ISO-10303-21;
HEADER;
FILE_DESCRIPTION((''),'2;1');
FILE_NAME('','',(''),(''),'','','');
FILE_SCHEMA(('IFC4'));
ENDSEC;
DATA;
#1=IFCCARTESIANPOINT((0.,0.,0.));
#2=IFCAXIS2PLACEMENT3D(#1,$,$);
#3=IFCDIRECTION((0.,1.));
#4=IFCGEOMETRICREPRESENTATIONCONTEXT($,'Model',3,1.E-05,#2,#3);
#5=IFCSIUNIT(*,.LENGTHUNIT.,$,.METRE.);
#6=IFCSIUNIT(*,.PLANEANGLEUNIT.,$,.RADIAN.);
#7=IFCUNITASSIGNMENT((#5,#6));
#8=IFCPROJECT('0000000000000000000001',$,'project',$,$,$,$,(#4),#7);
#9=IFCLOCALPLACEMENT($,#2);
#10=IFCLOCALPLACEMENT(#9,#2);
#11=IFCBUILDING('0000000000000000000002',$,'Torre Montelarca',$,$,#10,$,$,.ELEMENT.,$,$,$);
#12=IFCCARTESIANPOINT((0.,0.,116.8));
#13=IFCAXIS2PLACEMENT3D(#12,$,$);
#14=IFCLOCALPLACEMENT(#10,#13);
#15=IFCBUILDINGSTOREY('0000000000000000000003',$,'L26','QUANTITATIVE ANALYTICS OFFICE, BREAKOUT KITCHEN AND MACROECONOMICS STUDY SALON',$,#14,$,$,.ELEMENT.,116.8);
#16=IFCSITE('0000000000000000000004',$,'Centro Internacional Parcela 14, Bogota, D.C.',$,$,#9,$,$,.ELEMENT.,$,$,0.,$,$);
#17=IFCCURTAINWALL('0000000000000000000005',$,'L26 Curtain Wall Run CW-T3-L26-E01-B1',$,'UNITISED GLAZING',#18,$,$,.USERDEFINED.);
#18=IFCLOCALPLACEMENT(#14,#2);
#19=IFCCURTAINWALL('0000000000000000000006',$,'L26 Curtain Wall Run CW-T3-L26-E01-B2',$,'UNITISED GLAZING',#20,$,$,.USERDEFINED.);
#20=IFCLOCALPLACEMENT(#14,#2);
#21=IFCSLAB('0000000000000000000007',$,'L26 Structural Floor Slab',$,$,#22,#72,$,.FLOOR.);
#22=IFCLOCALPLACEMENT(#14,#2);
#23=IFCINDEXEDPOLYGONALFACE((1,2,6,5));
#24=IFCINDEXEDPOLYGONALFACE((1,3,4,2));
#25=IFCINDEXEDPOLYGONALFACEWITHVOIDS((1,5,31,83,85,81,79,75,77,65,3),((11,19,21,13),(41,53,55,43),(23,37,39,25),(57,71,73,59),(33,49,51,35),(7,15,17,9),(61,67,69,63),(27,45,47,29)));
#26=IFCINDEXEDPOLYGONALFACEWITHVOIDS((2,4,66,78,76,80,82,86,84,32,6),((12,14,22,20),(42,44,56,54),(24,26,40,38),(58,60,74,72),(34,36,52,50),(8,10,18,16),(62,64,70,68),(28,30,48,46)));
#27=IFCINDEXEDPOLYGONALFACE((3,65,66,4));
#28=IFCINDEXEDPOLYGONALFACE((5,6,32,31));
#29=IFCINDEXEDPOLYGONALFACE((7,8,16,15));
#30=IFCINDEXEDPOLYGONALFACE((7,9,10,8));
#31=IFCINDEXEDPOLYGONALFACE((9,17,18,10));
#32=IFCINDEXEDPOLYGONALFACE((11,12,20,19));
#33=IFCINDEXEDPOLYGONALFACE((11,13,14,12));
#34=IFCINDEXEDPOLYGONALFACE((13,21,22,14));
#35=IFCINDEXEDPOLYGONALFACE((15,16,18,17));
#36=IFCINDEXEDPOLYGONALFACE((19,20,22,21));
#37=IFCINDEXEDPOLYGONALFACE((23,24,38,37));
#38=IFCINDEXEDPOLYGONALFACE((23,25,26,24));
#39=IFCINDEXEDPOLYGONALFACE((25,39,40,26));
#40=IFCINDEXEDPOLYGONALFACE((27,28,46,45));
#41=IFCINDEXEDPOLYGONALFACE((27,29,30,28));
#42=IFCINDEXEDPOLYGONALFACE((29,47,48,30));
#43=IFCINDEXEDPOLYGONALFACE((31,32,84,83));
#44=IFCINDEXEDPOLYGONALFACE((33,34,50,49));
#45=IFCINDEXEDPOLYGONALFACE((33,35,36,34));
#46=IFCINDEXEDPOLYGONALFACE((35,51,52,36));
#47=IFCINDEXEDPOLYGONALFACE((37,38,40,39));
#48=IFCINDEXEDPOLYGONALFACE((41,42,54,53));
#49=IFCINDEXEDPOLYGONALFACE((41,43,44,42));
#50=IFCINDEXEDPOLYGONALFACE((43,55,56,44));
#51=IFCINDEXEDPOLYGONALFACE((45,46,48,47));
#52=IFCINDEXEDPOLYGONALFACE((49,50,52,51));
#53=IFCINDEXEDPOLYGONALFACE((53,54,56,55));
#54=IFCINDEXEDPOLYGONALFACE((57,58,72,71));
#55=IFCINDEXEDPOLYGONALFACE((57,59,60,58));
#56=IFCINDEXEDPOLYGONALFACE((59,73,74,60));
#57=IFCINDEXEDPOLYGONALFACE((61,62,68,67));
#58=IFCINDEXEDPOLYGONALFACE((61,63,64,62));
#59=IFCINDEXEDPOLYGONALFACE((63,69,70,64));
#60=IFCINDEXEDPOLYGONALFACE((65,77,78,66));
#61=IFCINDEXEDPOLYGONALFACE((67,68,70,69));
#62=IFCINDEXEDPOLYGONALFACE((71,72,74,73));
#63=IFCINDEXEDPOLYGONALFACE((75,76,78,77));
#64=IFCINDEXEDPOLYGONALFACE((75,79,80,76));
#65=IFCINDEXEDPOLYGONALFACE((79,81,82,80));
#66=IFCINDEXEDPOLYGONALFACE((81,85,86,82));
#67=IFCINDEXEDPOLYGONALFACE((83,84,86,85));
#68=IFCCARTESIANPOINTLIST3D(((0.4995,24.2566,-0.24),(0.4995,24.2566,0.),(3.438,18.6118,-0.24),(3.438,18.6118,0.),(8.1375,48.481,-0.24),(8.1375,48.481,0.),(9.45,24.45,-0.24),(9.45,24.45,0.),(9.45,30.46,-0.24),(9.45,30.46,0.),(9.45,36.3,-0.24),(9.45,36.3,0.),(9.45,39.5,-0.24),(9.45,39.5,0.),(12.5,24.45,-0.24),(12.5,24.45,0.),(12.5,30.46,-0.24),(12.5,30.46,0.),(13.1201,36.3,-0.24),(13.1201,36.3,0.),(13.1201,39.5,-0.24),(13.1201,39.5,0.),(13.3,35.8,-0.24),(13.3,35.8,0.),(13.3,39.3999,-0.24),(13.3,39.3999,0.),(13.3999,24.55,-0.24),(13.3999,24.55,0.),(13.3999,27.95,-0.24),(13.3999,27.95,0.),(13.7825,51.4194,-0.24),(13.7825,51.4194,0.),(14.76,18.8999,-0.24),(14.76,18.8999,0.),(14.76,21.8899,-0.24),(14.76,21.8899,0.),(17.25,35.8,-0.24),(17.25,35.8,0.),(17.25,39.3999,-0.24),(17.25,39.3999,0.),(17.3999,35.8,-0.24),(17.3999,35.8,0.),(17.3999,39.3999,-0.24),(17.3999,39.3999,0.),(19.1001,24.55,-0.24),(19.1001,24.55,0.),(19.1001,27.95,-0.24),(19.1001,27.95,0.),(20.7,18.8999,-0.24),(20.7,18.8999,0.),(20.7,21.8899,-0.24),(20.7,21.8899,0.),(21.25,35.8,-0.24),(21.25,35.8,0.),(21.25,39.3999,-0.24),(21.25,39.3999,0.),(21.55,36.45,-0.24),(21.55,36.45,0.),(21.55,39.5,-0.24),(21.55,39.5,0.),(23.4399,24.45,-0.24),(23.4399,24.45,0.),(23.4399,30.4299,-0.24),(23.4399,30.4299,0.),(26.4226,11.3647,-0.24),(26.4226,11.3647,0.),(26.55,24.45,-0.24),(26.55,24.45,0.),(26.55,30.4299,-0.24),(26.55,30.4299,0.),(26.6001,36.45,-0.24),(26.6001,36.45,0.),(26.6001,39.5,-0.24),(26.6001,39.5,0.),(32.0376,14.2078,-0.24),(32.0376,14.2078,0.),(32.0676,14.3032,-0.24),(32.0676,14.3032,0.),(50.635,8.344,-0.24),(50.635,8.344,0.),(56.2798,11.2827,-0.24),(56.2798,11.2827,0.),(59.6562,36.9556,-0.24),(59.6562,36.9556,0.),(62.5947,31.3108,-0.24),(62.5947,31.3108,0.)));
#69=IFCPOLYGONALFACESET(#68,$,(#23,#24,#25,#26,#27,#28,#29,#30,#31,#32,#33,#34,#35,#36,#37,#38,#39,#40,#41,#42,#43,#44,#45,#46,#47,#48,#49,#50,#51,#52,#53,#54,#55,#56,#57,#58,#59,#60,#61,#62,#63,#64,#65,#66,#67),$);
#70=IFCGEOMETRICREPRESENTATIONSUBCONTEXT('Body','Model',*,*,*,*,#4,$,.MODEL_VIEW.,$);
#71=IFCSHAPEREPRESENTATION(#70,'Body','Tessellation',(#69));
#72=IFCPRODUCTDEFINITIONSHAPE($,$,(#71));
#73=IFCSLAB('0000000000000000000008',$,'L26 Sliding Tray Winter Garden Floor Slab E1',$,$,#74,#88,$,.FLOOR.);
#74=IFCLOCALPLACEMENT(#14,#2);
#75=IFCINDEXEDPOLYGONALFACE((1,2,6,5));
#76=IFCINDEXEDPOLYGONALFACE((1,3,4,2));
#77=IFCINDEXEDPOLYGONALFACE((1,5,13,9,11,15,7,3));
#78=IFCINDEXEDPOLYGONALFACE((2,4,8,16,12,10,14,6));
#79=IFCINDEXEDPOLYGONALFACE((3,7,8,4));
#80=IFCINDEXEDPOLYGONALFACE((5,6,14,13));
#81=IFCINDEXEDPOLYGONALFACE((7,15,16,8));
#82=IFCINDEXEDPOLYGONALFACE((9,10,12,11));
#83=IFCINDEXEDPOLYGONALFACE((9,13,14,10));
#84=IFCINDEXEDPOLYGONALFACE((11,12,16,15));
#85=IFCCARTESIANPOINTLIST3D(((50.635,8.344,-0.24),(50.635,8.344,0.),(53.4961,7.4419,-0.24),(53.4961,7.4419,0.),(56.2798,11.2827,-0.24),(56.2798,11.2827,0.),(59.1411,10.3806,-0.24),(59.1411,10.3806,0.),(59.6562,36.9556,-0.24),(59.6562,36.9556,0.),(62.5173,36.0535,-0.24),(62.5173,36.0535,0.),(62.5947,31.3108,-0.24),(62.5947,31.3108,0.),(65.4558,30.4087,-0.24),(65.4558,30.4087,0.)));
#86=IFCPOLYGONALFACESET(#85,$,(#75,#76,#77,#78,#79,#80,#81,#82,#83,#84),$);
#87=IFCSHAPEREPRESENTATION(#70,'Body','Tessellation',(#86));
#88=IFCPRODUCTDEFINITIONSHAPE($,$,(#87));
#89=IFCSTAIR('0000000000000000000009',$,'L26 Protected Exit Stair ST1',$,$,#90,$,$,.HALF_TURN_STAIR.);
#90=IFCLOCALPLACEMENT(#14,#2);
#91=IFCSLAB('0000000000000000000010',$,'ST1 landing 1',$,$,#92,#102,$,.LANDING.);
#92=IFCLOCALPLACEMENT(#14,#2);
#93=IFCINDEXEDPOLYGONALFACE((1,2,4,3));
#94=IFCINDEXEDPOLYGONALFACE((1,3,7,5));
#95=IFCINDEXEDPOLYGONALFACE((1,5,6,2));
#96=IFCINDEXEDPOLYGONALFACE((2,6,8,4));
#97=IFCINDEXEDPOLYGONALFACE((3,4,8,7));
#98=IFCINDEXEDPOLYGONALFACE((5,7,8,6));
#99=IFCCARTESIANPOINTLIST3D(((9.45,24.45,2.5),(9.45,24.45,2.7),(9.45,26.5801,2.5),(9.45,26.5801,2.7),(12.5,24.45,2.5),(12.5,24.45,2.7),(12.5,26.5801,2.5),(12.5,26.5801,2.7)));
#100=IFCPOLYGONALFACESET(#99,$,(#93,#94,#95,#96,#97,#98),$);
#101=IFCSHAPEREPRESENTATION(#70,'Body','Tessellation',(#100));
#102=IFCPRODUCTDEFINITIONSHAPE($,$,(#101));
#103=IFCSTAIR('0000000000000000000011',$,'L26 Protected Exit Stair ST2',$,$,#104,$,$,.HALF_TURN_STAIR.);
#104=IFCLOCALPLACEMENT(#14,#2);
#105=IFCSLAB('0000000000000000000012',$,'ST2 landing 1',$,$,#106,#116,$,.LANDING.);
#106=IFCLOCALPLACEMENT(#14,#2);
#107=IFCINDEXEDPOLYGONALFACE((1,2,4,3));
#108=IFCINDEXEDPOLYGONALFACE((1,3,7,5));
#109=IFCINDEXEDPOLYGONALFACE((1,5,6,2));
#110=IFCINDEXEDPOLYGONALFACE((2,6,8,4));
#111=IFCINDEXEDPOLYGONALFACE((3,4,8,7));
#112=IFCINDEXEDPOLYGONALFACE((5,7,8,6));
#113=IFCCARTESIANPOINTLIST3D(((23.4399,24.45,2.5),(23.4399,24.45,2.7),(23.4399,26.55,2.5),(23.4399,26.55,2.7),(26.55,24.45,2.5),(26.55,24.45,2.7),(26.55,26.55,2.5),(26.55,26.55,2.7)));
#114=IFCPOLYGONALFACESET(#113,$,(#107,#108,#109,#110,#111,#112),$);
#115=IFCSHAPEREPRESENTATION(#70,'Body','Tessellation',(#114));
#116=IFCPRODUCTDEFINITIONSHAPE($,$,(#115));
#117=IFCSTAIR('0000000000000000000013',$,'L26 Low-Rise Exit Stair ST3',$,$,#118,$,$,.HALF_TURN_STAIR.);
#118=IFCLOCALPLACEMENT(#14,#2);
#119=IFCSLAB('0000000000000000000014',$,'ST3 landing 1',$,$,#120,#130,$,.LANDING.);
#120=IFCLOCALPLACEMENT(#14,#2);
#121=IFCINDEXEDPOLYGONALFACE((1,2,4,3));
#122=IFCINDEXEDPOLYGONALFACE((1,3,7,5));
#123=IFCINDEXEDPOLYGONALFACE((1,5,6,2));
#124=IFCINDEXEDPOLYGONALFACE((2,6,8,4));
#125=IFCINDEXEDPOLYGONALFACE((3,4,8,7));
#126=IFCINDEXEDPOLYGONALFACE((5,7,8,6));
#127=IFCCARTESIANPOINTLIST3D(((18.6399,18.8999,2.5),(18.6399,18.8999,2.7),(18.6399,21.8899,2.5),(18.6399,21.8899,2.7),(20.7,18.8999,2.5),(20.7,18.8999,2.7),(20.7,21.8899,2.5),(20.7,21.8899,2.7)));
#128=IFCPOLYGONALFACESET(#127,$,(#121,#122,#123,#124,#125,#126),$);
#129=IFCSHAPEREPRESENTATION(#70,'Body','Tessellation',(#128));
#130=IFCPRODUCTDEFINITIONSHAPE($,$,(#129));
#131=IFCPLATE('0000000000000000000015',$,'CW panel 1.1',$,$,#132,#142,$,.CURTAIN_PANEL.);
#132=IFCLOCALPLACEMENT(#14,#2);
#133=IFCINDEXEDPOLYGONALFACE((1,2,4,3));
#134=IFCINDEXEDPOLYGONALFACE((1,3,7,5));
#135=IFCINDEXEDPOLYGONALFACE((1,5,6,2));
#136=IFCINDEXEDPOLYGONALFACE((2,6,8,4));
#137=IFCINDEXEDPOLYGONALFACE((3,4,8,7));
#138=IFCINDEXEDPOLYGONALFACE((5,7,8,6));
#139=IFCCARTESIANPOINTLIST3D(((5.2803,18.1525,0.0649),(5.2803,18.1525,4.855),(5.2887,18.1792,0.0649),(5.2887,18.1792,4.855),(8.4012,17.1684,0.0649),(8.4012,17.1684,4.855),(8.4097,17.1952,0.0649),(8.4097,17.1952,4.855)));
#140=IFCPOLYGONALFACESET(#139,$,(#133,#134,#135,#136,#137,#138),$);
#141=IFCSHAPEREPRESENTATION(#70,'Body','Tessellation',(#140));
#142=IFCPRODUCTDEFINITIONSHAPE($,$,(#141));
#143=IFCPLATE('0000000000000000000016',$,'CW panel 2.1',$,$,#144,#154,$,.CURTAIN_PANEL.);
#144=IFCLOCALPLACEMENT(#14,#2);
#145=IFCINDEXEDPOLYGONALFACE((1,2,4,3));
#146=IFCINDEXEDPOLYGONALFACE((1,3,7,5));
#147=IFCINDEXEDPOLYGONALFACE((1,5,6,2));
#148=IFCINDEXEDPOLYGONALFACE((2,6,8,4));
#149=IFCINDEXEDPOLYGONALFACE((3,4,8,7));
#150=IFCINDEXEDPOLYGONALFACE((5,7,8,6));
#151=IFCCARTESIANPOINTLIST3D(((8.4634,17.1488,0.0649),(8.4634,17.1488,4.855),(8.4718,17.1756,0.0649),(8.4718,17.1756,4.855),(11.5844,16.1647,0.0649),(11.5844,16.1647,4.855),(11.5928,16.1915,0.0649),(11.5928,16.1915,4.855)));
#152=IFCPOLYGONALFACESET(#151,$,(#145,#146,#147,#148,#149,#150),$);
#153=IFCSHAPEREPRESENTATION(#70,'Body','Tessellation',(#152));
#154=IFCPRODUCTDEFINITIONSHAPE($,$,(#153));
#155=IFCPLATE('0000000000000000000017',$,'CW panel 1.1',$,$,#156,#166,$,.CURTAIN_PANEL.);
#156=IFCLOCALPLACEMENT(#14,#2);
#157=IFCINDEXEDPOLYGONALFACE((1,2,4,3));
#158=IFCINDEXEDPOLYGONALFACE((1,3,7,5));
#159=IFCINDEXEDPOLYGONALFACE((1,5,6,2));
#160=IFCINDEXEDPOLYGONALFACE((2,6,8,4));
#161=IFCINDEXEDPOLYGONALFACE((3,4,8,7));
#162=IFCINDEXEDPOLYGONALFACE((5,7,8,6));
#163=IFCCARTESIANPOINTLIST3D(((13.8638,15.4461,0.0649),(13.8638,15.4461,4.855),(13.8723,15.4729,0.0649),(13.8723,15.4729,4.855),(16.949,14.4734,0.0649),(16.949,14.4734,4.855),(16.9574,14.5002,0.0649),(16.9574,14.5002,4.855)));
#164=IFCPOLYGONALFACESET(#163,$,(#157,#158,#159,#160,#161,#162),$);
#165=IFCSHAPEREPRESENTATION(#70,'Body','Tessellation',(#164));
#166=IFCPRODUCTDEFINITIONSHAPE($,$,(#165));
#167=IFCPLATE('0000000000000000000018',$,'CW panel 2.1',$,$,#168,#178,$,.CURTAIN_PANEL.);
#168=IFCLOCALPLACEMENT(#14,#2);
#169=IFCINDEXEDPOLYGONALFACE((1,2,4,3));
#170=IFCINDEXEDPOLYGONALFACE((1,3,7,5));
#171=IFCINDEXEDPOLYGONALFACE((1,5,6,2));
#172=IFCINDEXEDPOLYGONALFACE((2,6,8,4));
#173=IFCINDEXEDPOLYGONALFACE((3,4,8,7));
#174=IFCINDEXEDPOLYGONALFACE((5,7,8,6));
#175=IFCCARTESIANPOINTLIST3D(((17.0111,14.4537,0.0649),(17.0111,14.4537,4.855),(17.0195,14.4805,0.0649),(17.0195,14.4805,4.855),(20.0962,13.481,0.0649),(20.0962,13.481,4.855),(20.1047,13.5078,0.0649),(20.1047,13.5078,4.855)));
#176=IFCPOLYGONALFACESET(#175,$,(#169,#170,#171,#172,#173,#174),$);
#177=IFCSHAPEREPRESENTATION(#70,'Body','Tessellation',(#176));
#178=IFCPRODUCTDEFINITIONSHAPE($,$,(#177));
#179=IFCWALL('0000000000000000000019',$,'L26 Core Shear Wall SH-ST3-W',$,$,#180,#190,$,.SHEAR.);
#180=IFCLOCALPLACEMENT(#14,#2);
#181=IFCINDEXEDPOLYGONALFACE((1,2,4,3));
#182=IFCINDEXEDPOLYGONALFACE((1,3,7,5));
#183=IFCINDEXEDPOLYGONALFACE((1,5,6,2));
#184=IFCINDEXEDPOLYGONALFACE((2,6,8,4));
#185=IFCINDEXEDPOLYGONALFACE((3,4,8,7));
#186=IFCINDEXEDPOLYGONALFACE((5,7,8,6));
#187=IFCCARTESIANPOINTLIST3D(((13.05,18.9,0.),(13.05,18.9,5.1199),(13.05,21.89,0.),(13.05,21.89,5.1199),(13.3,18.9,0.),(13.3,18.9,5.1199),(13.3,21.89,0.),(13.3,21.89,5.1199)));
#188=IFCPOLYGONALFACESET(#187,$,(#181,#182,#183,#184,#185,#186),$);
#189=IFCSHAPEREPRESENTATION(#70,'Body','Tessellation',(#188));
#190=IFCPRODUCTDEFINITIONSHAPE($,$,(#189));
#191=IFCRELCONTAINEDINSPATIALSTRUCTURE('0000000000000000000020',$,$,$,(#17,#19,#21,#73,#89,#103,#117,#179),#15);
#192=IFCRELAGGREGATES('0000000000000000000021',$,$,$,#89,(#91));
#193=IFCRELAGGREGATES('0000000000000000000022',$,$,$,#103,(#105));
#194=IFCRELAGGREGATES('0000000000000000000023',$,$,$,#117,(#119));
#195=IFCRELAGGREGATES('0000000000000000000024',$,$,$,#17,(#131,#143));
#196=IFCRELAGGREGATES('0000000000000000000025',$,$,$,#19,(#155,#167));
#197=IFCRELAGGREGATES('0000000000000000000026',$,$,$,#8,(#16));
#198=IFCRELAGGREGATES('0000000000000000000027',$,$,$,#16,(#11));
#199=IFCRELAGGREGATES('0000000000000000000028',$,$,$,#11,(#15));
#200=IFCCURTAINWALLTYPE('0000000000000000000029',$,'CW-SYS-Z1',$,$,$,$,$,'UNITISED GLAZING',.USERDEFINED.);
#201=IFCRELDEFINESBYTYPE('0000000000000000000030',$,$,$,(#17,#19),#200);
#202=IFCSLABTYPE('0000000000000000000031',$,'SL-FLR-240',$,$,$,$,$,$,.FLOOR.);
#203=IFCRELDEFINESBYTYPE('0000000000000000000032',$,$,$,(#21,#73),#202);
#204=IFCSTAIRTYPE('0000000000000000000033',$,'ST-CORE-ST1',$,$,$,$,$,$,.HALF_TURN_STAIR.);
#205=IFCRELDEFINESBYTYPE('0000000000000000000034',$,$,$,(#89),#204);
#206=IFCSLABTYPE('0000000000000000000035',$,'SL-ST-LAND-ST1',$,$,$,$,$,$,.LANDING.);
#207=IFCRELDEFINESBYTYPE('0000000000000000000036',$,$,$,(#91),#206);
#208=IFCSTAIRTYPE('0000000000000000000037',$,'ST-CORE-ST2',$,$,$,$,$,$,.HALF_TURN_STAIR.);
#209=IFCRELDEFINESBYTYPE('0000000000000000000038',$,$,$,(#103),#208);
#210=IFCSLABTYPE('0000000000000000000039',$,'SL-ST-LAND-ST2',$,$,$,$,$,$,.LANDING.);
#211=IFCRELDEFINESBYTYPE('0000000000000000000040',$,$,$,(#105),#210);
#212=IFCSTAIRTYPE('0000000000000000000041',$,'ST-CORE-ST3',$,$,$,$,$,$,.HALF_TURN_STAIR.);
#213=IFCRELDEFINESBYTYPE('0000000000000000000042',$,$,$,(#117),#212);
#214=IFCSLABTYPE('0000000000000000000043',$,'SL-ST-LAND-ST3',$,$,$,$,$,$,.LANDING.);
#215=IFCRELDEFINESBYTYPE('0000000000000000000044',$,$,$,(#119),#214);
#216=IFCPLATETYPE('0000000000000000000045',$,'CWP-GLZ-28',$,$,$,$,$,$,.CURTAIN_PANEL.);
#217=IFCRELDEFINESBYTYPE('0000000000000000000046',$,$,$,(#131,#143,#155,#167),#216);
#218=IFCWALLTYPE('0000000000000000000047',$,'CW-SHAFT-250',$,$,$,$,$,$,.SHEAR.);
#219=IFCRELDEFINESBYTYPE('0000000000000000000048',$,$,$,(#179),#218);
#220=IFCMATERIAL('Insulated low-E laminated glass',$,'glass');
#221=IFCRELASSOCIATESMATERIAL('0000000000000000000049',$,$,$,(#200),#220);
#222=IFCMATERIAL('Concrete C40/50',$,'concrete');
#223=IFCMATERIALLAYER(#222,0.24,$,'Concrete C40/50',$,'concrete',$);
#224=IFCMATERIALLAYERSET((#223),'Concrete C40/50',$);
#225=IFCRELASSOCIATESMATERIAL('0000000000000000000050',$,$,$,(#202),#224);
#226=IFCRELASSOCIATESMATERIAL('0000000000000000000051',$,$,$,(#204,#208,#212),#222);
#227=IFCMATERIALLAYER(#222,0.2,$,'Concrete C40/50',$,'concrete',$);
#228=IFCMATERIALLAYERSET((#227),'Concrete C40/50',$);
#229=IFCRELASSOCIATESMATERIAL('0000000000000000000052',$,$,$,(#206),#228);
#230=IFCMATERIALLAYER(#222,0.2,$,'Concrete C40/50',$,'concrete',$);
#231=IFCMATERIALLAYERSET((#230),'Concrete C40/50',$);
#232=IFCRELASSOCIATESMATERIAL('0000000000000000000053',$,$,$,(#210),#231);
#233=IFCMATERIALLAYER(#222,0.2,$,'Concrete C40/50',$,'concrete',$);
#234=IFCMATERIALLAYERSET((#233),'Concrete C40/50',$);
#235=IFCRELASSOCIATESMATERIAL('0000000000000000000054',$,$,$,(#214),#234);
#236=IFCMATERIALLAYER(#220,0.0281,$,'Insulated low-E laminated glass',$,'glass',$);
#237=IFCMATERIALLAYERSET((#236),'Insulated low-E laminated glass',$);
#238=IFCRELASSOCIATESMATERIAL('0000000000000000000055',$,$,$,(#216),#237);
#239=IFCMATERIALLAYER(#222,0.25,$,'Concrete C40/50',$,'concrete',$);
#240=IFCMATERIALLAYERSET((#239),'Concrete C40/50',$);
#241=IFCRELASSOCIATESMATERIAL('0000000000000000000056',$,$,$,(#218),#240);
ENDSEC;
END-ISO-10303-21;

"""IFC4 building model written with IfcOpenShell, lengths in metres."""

from ifc_helpers import new_model, si_unit, direction, frame, frame_2d, origin, origin_2d, place, context, subcontext, project, spatial, polyline, rectangle, outline, extrude, source, transform, mapped, material, layer, layer_set, type_object, element, aggregate, save


model = new_model("IFC4")

# Units and contexts
model_context = context("Model", 3, precision=1e-05, world=origin(), true_north=direction((0.0, 1.0)))
body_context = subcontext(model_context, "Body", "Model", "MODEL_VIEW")
ifc_project = project(units=[si_unit("LENGTHUNIT", "METRE"), si_unit("PLANEANGLEUNIT", "RADIAN")], contexts=[model_context])

# Site, building, storey
site_placement = place(None, origin())
site = spatial("IfcSite", under=ifc_project, at=site_placement, Name="Centro Internacional Parcela 14, Bogota, D.C.", CompositionType="ELEMENT", RefElevation=0.0)
building_placement = place(site_placement, origin())
building = spatial("IfcBuilding", under=site, at=building_placement, Name="Torre Montelarca", CompositionType="ELEMENT")
storey_placement = place(building_placement, frame((0.0, 0.0, 116.8)))
storey = spatial("IfcBuildingStorey", under=building, at=storey_placement, Name="L26", Description="QUANTITATIVE ANALYTICS OFFICE, BREAKOUT KITCHEN AND MACROECONOMICS STUDY SALON", CompositionType="ELEMENT", Elevation=116.8)

# Curtain walls
ifc_material_1 = material(Name="Insulated low-E laminated glass", Category="glass")
curtain_wall_type = type_object("IfcCurtainWallType", Name="CW-SYS-Z1", ElementType="UNITISED GLAZING", PredefinedType="USERDEFINED", material=ifc_material_1)
curtain_wall_1_placement = place(storey_placement, origin())
curtain_wall_1 = element("IfcCurtainWall", 1, at=curtain_wall_1_placement, inside=storey, type_object=curtain_wall_type, Name="L26 Curtain Wall Run CW-T3-L26-E01-B1", ObjectType="UNITISED GLAZING", PredefinedType="USERDEFINED")
curtain_wall_2_placement = place(storey_placement, origin())
curtain_wall_2 = element("IfcCurtainWall", 2, at=curtain_wall_2_placement, inside=storey, type_object=curtain_wall_type, Name="L26 Curtain Wall Run CW-T3-L26-E01-B2", ObjectType="UNITISED GLAZING", PredefinedType="USERDEFINED")

# Slabs
ifc_material_2 = material(Name="Concrete C40/50", Category="concrete")
ifc_layer_1 = layer(ifc_material_2, 0.24, Name="Concrete C40/50", Category="concrete")
ifc_layer_set_1 = layer_set([ifc_layer_1], Name="Concrete C40/50")
slab_type_1 = type_object("IfcSlabType", Name="SL-FLR-240", PredefinedType="FLOOR", material=ifc_layer_set_1)
slab_1_placement = place(storey_placement, frame((0.0, 0.0, -0.24)))
element("IfcSlab", 3, at=slab_1_placement, inside=storey, type_object=slab_type_1, Name="L26 Structural Floor Slab", PredefinedType="FLOOR", context=body_context, shape_type="SweptSolid", body=[
    extrude(outline(polyline([(26.4226, 11.3647), (32.0676, 14.3032), (32.0376, 14.2078), (50.635, 8.344), (56.2798, 11.2827), (62.5947, 31.3108), (59.6562, 36.9556), (13.7825, 51.4194), (8.1375, 48.481), (0.4995, 24.2566), (3.438, 18.6118), (26.4226, 11.3647)]), holes=[polyline([(20.7, 18.8999), (14.76, 18.8999), (14.76, 21.8899), (20.7, 21.8899), (20.7, 18.8999)]), polyline([(19.1001, 24.55), (13.3999, 24.55), (13.3999, 27.95), (19.1001, 27.95), (19.1001, 24.55)]), polyline([(23.4399, 24.45), (23.4399, 30.4299), (26.55, 30.4299), (26.55, 24.45), (23.4399, 24.45)]), polyline([(9.45, 24.45), (9.45, 30.46), (12.5, 30.46), (12.5, 24.45), (9.45, 24.45)]), polyline([(17.25, 35.8), (13.3, 35.8), (13.3, 39.3999), (17.25, 39.3999), (17.25, 35.8)]), polyline([(21.25, 35.8), (17.3999, 35.8), (17.3999, 39.3999), (21.25, 39.3999), (21.25, 35.8)]), polyline([(13.1201, 36.3), (9.45, 36.3), (9.45, 39.5), (13.1201, 39.5), (13.1201, 36.3)]), polyline([(26.6001, 36.45), (21.55, 36.45), (21.55, 39.5), (26.6001, 39.5), (26.6001, 36.45)])]), origin(), (0.0, 0.0, 1.0), 0.24),
])
slab_2_placement = place(storey_placement, frame((0.0, 0.0, -0.24)))
element("IfcSlab", 4, at=slab_2_placement, inside=storey, type_object=slab_type_1, Name="L26 Sliding Tray Winter Garden Floor Slab E1", PredefinedType="FLOOR", context=body_context, shape_type="SweptSolid", body=[
    extrude(outline(polyline([(59.6562, 36.9556), (62.5947, 31.3108), (56.2798, 11.2827), (50.635, 8.344), (53.4961, 7.4419), (59.1411, 10.3806), (65.4558, 30.4087), (62.5173, 36.0535), (59.6562, 36.9556)])), origin(), (0.0, 0.0, 1.0), 0.24),
])

# Stairs, slabs
stair_type_1 = type_object("IfcStairType", Name="ST-CORE-ST1", PredefinedType="HALF_TURN_STAIR", material=ifc_material_2)
stair_1_placement = place(storey_placement, origin())
stair_1 = element("IfcStair", 5, at=stair_1_placement, inside=storey, type_object=stair_type_1, Name="L26 Protected Exit Stair ST1", PredefinedType="HALF_TURN_STAIR")
ifc_layer_2 = layer(ifc_material_2, 0.2, Name="Concrete C40/50", Category="concrete")
ifc_layer_set_2 = layer_set([ifc_layer_2], Name="Concrete C40/50")
slab_type_2 = type_object("IfcSlabType", Name="SL-ST-LAND-ST1", PredefinedType="LANDING", material=ifc_layer_set_2)
slab_3_placement = place(storey_placement, frame((0.0, 0.0, 2.5)))
slab_3 = element("IfcSlab", 6, at=slab_3_placement, type_object=slab_type_2, Name="ST1 landing 1", PredefinedType="LANDING", context=body_context, shape_type="SweptSolid", body=[
    extrude(outline(polyline([(9.45, 26.5801), (9.45, 24.45), (12.5, 24.45), (12.5, 26.5801), (9.45, 26.5801)])), origin(), (0.0, 0.0, 1.0), 0.2),
])
aggregate(stair_1, [slab_3])
stair_type_2 = type_object("IfcStairType", Name="ST-CORE-ST2", PredefinedType="HALF_TURN_STAIR", material=ifc_material_2)
stair_2_placement = place(storey_placement, origin())
stair_2 = element("IfcStair", 7, at=stair_2_placement, inside=storey, type_object=stair_type_2, Name="L26 Protected Exit Stair ST2", PredefinedType="HALF_TURN_STAIR")
ifc_layer_3 = layer(ifc_material_2, 0.2, Name="Concrete C40/50", Category="concrete")
ifc_layer_set_3 = layer_set([ifc_layer_3], Name="Concrete C40/50")
slab_type_3 = type_object("IfcSlabType", Name="SL-ST-LAND-ST2", PredefinedType="LANDING", material=ifc_layer_set_3)
slab_4_placement = place(storey_placement, frame((0.0, 0.0, 2.5)))
slab_4 = element("IfcSlab", 8, at=slab_4_placement, type_object=slab_type_3, Name="ST2 landing 1", PredefinedType="LANDING", context=body_context, shape_type="SweptSolid", body=[
    extrude(outline(polyline([(23.4399, 26.55), (23.4399, 24.45), (26.55, 24.45), (26.55, 26.55), (23.4399, 26.55)])), origin(), (0.0, 0.0, 1.0), 0.2),
])
aggregate(stair_2, [slab_4])
stair_type_3 = type_object("IfcStairType", Name="ST-CORE-ST3", PredefinedType="HALF_TURN_STAIR", material=ifc_material_2)
stair_3_placement = place(storey_placement, origin())
stair_3 = element("IfcStair", 9, at=stair_3_placement, inside=storey, type_object=stair_type_3, Name="L26 Low-Rise Exit Stair ST3", PredefinedType="HALF_TURN_STAIR")
ifc_layer_4 = layer(ifc_material_2, 0.2, Name="Concrete C40/50", Category="concrete")
ifc_layer_set_4 = layer_set([ifc_layer_4], Name="Concrete C40/50")
slab_type_4 = type_object("IfcSlabType", Name="SL-ST-LAND-ST3", PredefinedType="LANDING", material=ifc_layer_set_4)
slab_5_placement = place(storey_placement, frame((0.0, 0.0, 2.5)))
slab_5 = element("IfcSlab", 10, at=slab_5_placement, type_object=slab_type_4, Name="ST3 landing 1", PredefinedType="LANDING", context=body_context, shape_type="SweptSolid", body=[
    extrude(outline(polyline([(18.6399, 18.8999), (20.7, 18.8999), (20.7, 21.8899), (18.6399, 21.8899), (18.6399, 18.8999)])), origin(), (0.0, 0.0, 1.0), 0.2),
])
aggregate(stair_3, [slab_5])

# Plates
ifc_layer_5 = layer(ifc_material_1, 0.0281, Name="Insulated low-E laminated glass", Category="glass")
ifc_layer_set_5 = layer_set([ifc_layer_5], Name="Insulated low-E laminated glass")
plate_type = type_object("IfcPlateType", Name="CWP-GLZ-28", PredefinedType="CURTAIN_PANEL", material=ifc_layer_set_5)
shared_shape_1 = source(origin(), body_context, "Body", "SweptSolid", [
    extrude(rectangle(XDim=3.2725, YDim=0.0281, at=origin_2d()), origin(), (0.0, 0.0, 1.0), 4.79),
])
plate_1_placement = place(storey_placement, frame((6.845, 17.6738, 0.0649), z_axis=(0.0, 0.0, 1.0), x_axis=(0.953716, -0.30071, 0.0)))
plate_1 = element("IfcPlate", 11, at=plate_1_placement, type_object=plate_type, Name="CW panel 1.1", PredefinedType="CURTAIN_PANEL", context=body_context, shape_type="MappedRepresentation", body=[
    mapped(shared_shape_1, transform((0.0, 0.0, 0.0), scale=1.0)),
])
plate_2_placement = place(storey_placement, frame((10.0281, 16.6702, 0.0649), z_axis=(0.0, 0.0, 1.0), x_axis=(0.953716, -0.30071, 0.0)))
plate_2 = element("IfcPlate", 12, at=plate_2_placement, type_object=plate_type, Name="CW panel 2.1", PredefinedType="CURTAIN_PANEL", context=body_context, shape_type="MappedRepresentation", body=[
    mapped(shared_shape_1, transform((0.0, 0.0, 0.0), scale=1.0)),
])
aggregate(curtain_wall_1, [plate_1, plate_2])
shared_shape_2 = source(origin(), body_context, "Body", "SweptSolid", [
    extrude(rectangle(XDim=3.2349, YDim=0.0281, at=origin_2d()), origin(), (0.0, 0.0, 1.0), 4.79),
])
plate_3_placement = place(storey_placement, frame((15.4106, 14.9731, 0.0649), z_axis=(0.0, 0.0, 1.0), x_axis=(0.953721, -0.300693, 0.0)))
plate_3 = element("IfcPlate", 13, at=plate_3_placement, type_object=plate_type, Name="CW panel 1.1", PredefinedType="CURTAIN_PANEL", context=body_context, shape_type="MappedRepresentation", body=[
    mapped(shared_shape_2, transform((0.0, 0.0, 0.0), scale=1.0)),
])
plate_4_placement = place(storey_placement, frame((18.5579, 13.9807, 0.0649), z_axis=(0.0, 0.0, 1.0), x_axis=(0.953721, -0.300693, 0.0)))
plate_4 = element("IfcPlate", 14, at=plate_4_placement, type_object=plate_type, Name="CW panel 2.1", PredefinedType="CURTAIN_PANEL", context=body_context, shape_type="MappedRepresentation", body=[
    mapped(shared_shape_2, transform((0.0, 0.0, 0.0), scale=1.0)),
])
aggregate(curtain_wall_2, [plate_3, plate_4])

# Wall
ifc_layer_6 = layer(ifc_material_2, 0.25, Name="Concrete C40/50", Category="concrete")
ifc_layer_set_6 = layer_set([ifc_layer_6], Name="Concrete C40/50")
wall_type_1 = type_object("IfcWallType", Name="CW-SHAFT-250", PredefinedType="SHEAR", material=ifc_layer_set_6)
for number, where, z_axis, x_axis, name in (
    (15, (13.175, 18.8999, 0.0), (0.0, 0.0, 1.0), (0.0, 1.0, 0.0), "L26 Core Shear Wall SH-ST3-W"),
):
    element("IfcWall", number, at=place(storey_placement, frame(where, z_axis=z_axis, x_axis=x_axis)), inside=storey, type_object=wall_type_1, Name=name, PredefinedType="SHEAR", context=body_context, shape_type="SweptSolid", body=[
        extrude(rectangle(XDim=2.99, YDim=0.25, at=frame_2d((1.4951, 0.0))), origin(), (0.0, 0.0, 1.0), 5.1199),
    ])

save(model, "model.ifc")
